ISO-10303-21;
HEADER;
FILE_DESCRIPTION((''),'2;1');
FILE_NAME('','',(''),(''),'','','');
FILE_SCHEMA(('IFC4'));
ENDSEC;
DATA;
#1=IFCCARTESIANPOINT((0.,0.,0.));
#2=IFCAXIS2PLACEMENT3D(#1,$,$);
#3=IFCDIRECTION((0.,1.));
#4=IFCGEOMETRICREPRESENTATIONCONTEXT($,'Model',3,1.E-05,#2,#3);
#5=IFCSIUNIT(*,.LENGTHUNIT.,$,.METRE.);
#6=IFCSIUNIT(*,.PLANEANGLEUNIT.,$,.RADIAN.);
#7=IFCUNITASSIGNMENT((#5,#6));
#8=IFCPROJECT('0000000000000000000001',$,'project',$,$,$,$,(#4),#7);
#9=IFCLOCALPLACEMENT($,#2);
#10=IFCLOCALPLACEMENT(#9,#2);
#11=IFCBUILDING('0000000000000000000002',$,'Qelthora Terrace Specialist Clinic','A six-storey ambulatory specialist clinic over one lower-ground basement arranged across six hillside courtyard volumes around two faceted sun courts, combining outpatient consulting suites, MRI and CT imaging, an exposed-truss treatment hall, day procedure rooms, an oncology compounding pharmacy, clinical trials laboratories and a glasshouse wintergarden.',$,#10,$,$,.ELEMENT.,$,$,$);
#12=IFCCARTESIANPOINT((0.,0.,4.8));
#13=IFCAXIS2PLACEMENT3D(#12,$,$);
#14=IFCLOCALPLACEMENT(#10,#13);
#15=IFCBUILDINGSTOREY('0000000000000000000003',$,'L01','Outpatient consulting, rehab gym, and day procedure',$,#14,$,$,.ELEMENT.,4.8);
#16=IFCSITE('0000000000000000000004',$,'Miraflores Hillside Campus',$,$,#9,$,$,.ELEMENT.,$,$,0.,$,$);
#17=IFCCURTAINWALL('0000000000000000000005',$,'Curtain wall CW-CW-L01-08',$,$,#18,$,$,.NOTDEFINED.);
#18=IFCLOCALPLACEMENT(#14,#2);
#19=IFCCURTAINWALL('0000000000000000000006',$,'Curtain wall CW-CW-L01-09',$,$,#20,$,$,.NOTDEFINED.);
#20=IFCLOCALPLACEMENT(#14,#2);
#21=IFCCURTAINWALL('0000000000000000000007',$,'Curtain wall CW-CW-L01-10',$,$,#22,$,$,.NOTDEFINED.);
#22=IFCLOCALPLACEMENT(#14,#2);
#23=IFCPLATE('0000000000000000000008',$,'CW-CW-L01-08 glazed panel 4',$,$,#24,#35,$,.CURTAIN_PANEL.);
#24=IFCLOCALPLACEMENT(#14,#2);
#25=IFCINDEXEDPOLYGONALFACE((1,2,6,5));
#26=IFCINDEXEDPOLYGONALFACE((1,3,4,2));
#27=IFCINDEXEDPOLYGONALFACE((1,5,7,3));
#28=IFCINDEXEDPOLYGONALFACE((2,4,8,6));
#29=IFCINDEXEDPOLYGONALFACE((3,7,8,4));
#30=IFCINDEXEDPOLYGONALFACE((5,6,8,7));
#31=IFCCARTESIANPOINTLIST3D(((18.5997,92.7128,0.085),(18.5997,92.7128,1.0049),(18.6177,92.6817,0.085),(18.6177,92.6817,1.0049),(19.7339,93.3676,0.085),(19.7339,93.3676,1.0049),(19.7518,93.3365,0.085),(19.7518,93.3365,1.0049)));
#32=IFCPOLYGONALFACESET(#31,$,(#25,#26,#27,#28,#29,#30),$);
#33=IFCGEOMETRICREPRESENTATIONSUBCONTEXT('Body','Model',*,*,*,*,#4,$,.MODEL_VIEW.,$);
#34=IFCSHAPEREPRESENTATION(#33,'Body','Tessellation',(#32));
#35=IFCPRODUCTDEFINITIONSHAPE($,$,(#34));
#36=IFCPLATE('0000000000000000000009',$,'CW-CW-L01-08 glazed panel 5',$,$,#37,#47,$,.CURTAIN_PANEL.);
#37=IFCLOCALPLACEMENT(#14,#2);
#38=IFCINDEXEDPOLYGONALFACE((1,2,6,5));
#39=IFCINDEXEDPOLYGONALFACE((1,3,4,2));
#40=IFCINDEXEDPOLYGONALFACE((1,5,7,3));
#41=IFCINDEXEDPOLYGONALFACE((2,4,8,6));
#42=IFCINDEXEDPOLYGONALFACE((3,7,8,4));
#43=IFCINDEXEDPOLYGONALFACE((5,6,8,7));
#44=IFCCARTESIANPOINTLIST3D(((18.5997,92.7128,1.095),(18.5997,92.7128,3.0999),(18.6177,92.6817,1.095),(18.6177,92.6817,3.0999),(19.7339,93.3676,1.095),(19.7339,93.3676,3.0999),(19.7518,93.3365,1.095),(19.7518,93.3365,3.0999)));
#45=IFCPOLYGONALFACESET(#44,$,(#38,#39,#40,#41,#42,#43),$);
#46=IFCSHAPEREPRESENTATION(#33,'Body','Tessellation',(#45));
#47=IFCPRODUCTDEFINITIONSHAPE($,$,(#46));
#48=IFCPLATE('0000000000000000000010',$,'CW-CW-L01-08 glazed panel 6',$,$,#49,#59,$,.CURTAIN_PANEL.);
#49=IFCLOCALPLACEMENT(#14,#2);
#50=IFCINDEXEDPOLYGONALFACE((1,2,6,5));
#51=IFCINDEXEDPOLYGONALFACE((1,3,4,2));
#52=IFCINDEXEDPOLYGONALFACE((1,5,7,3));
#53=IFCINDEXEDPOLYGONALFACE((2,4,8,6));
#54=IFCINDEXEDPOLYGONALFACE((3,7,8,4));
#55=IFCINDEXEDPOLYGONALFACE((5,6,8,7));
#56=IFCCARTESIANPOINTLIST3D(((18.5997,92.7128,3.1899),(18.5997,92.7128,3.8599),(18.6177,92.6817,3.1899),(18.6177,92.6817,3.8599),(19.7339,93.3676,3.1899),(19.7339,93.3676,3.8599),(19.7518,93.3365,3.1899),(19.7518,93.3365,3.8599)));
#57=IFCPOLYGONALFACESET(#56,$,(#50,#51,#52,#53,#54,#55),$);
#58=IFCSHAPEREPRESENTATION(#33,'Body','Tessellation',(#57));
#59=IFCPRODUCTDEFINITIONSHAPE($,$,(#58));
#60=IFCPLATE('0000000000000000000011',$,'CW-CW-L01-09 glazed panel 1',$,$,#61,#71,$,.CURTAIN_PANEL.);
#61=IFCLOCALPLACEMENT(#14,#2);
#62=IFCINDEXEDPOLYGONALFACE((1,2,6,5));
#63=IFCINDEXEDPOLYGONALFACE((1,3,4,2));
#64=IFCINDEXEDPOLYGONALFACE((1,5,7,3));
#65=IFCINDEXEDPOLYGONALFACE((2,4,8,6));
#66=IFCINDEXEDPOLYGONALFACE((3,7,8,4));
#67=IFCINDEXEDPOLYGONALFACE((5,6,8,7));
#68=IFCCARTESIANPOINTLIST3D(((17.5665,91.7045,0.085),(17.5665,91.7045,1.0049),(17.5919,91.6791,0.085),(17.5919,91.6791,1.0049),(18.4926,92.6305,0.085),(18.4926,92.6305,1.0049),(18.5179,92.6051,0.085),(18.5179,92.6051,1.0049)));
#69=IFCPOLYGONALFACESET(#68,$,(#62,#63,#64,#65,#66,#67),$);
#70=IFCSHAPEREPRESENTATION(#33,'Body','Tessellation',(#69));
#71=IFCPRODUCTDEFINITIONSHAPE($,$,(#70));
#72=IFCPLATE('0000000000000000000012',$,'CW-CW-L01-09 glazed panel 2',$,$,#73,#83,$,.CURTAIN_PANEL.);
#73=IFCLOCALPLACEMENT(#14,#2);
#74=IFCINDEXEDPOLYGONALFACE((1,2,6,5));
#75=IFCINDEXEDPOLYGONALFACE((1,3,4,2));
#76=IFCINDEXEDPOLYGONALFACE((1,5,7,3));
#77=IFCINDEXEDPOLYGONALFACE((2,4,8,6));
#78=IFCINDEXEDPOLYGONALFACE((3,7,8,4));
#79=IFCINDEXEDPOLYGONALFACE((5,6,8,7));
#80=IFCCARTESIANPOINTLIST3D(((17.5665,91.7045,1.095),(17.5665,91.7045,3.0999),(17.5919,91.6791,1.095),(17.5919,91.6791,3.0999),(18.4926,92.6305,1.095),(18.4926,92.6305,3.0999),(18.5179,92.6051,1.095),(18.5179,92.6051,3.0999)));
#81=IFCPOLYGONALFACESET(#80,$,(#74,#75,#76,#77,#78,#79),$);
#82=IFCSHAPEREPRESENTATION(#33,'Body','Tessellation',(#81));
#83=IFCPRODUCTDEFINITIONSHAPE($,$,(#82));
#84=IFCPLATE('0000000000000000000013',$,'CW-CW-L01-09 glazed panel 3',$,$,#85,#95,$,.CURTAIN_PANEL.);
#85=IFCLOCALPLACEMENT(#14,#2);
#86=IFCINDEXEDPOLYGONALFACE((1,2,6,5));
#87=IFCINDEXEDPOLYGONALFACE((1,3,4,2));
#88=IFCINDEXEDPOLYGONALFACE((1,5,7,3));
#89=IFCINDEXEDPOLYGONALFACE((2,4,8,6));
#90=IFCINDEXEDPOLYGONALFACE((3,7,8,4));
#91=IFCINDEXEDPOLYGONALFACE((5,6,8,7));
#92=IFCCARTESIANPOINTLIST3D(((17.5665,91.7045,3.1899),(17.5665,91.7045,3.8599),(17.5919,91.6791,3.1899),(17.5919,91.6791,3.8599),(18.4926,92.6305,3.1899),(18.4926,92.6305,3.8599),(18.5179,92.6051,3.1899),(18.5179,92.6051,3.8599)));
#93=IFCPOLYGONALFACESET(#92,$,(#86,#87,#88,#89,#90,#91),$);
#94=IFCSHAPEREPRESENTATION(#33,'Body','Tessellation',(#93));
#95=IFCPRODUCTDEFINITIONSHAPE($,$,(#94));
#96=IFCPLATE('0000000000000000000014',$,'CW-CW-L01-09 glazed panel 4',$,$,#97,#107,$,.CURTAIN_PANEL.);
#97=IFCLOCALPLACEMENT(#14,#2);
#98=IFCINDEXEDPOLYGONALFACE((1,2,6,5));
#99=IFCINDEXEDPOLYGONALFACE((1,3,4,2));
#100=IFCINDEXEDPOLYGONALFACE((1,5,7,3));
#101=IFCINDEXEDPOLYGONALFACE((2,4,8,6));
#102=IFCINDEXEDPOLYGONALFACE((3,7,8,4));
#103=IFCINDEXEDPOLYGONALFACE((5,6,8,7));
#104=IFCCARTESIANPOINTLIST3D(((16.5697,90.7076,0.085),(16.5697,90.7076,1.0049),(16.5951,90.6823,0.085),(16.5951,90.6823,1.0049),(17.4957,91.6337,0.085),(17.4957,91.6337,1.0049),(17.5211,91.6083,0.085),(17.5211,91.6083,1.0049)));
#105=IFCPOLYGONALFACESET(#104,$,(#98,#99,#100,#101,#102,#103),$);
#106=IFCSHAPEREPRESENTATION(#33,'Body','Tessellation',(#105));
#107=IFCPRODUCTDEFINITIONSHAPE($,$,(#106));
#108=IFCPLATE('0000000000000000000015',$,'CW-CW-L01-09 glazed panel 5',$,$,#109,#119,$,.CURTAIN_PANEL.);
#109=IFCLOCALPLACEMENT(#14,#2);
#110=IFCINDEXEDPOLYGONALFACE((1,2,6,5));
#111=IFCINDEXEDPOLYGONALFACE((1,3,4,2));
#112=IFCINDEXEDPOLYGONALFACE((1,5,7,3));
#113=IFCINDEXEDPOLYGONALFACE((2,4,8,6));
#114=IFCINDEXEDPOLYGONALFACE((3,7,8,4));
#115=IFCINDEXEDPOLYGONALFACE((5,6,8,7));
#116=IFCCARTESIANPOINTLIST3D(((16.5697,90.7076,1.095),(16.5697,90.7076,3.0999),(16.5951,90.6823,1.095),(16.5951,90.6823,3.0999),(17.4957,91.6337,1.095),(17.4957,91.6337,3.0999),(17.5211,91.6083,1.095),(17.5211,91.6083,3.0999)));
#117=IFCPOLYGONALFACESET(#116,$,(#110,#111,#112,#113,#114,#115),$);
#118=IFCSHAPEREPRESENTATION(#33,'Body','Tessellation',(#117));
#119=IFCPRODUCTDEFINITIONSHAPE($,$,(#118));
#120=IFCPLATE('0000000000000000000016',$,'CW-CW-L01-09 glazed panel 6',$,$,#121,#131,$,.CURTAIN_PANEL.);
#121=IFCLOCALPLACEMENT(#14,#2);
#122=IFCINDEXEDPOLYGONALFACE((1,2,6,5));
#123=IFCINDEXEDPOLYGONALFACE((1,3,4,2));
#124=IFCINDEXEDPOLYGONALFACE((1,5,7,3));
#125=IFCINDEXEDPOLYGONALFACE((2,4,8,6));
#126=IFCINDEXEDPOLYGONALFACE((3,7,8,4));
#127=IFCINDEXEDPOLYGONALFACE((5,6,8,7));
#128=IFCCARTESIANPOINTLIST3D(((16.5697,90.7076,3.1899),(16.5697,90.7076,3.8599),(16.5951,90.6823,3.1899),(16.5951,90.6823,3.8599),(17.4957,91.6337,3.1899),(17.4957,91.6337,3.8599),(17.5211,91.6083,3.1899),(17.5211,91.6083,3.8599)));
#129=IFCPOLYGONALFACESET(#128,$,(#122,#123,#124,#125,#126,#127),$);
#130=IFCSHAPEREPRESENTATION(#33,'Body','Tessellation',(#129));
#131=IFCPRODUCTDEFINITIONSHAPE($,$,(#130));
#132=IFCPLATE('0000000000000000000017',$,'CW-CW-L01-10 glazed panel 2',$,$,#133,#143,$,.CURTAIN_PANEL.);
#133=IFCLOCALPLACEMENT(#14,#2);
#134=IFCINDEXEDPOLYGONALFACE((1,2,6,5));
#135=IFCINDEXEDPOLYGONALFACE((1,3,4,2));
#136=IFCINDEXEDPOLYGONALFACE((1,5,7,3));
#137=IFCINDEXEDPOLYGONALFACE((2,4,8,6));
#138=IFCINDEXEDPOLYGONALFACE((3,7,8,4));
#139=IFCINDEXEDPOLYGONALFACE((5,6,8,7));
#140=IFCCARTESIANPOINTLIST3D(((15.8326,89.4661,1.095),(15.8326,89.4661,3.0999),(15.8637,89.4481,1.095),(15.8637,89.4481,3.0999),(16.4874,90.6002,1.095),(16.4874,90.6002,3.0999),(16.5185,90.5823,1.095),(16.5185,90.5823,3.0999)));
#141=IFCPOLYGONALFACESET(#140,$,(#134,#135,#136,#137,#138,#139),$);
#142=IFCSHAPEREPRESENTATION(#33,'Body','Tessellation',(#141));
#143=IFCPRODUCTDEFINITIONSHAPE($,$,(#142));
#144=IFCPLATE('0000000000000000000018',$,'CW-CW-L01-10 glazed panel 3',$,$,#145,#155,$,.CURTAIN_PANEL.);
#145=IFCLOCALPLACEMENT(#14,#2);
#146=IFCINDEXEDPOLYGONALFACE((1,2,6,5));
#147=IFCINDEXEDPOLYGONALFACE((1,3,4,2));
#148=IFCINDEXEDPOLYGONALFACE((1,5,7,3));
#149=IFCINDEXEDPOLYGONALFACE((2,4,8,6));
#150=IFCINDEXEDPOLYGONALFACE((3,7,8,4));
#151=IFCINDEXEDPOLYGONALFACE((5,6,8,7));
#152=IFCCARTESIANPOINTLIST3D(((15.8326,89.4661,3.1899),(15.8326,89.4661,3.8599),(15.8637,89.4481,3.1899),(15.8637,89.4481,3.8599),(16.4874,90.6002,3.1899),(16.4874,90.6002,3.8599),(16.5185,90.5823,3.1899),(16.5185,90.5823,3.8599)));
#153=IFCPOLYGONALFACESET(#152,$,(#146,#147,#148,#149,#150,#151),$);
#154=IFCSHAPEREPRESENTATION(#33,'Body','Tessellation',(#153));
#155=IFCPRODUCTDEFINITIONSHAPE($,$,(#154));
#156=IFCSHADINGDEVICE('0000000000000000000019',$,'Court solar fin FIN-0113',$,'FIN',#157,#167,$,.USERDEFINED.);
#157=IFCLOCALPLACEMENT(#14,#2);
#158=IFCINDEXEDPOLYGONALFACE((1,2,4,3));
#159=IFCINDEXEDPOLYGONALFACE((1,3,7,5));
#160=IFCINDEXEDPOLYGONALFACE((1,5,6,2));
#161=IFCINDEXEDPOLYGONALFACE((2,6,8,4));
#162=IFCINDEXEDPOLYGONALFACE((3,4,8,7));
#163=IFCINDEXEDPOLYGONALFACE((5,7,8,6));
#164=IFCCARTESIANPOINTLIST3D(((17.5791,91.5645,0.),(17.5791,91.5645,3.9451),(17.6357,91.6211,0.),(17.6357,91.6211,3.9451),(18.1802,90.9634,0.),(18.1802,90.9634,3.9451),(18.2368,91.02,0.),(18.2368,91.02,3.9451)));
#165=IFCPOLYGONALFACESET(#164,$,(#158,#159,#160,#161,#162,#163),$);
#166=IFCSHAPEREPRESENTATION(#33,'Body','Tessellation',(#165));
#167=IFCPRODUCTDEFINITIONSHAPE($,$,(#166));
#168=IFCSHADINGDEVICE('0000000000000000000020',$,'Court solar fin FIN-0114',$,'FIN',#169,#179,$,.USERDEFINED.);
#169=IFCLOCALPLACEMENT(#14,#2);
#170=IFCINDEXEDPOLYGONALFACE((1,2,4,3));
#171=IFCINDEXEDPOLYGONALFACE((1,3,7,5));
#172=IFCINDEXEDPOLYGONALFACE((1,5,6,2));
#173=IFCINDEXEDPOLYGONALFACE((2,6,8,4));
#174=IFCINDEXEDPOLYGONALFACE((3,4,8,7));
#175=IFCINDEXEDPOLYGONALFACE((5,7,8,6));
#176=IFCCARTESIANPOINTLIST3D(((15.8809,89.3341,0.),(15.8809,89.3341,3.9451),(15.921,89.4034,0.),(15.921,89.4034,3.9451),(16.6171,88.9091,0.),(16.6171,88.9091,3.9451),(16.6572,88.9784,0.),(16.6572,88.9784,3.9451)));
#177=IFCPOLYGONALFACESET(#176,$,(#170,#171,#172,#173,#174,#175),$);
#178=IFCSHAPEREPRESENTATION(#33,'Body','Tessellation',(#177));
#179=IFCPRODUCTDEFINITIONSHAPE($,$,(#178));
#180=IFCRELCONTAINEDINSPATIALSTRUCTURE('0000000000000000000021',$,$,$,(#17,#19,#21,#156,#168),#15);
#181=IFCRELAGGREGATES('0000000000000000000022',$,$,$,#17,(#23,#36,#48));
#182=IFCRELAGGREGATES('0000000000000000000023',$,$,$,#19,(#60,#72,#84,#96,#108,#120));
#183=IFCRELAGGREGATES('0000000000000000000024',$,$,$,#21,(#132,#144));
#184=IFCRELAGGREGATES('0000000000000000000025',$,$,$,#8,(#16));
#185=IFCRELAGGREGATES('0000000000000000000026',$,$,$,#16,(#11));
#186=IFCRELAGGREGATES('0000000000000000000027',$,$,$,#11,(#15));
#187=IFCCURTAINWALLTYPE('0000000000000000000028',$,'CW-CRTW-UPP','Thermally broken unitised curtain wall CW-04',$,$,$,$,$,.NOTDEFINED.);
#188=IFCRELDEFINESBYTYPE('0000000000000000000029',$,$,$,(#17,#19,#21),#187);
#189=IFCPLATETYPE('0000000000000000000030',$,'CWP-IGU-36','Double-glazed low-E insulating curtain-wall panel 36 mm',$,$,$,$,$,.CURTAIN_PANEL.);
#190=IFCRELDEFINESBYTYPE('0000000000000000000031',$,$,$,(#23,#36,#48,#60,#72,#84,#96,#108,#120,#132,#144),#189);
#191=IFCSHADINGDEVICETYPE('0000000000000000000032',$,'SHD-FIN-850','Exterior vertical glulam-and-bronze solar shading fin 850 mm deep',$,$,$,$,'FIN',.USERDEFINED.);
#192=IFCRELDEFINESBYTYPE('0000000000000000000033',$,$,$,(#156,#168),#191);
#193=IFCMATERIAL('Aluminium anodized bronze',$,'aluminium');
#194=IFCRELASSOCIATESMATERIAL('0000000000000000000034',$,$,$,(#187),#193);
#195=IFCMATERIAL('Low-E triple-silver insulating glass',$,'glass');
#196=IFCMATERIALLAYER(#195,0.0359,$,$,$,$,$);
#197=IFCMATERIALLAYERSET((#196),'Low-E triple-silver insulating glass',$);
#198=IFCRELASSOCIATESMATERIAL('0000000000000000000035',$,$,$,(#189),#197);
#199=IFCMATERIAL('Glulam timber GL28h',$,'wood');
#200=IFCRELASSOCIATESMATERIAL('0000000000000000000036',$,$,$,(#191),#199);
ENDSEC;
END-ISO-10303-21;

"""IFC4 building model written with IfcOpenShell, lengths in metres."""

from ifc_helpers import new_model, si_unit, direction, frame, origin, origin_2d, place, context, subcontext, project, spatial, rectangle, extrude, material, layer, layer_set, type_object, element, aggregate, save


model = new_model("IFC4")

# Units and contexts
model_context = context("Model", 3, precision=1e-05, world=origin(), true_north=direction((0.0, 1.0)))
body_context = subcontext(model_context, "Body", "Model", "MODEL_VIEW")
ifc_project = project(units=[si_unit("LENGTHUNIT", "METRE"), si_unit("PLANEANGLEUNIT", "RADIAN")], contexts=[model_context])

# Site, building, storey
site_placement = place(None, origin())
site = spatial("IfcSite", under=ifc_project, at=site_placement, Name="Miraflores Hillside Campus", CompositionType="ELEMENT", RefElevation=0.0)
building_placement = place(site_placement, origin())
building = spatial("IfcBuilding", under=site, at=building_placement, Name="Qelthora Terrace Specialist Clinic", Description="A six-storey ambulatory specialist clinic over one lower-ground basement arranged across six hillside courtyard volumes around two faceted sun courts, combining outpatient consulting suites, MRI and CT imaging, an exposed-truss treatment hall, day procedure rooms, an oncology compounding pharmacy, clinical trials laboratories and a glasshouse wintergarden.", CompositionType="ELEMENT")
storey_placement = place(building_placement, frame((0.0, 0.0, 4.8)))
storey = spatial("IfcBuildingStorey", under=building, at=storey_placement, Name="L01", Description="Outpatient consulting, rehab gym, and day procedure", CompositionType="ELEMENT", Elevation=4.8)

# Curtain walls
ifc_material_1 = material(Name="Aluminium anodized bronze", Category="aluminium")
curtain_wall_type = type_object("IfcCurtainWallType", Name="CW-CRTW-UPP", Description="Thermally broken unitised curtain wall CW-04", PredefinedType="NOTDEFINED", material=ifc_material_1)
curtain_wall_1_placement = place(storey_placement, origin())
curtain_wall_1 = element("IfcCurtainWall", 1, at=curtain_wall_1_placement, inside=storey, type_object=curtain_wall_type, Name="Curtain wall CW-CW-L01-08", PredefinedType="NOTDEFINED")
curtain_wall_2_placement = place(storey_placement, origin())
curtain_wall_2 = element("IfcCurtainWall", 2, at=curtain_wall_2_placement, inside=storey, type_object=curtain_wall_type, Name="Curtain wall CW-CW-L01-09", PredefinedType="NOTDEFINED")

# Curtain wall
curtain_wall_3_placement = place(storey_placement, origin())
curtain_wall_3 = element("IfcCurtainWall", 3, at=curtain_wall_3_placement, inside=storey, type_object=curtain_wall_type, Name="Curtain wall CW-CW-L01-10", PredefinedType="NOTDEFINED")

# Plates
ifc_material_2 = material(Name="Low-E triple-silver insulating glass", Category="glass")
ifc_layer = layer(ifc_material_2, 0.0359)
ifc_layer_set = layer_set([ifc_layer], Name="Low-E triple-silver insulating glass")
plate_type = type_object("IfcPlateType", Name="CWP-IGU-36", Description="Double-glazed low-E insulating curtain-wall panel 36 mm", PredefinedType="CURTAIN_PANEL", material=ifc_layer_set)
plate_1_placement = place(storey_placement, frame((19.1758, 93.0247, 0.085), z_axis=(0.0, 0.0, 1.0), x_axis=(-0.866025, -0.5, 0.0)))
plate_1 = element("IfcPlate", 4, at=plate_1_placement, type_object=plate_type, Name="CW-CW-L01-08 glazed panel 4", PredefinedType="CURTAIN_PANEL", context=body_context, shape_type="SweptSolid", body=[
    extrude(rectangle(XDim=1.3096, YDim=0.0359, at=origin_2d()), origin(), (0.0, 0.0, 1.0), 0.9199),
])
plate_2_placement = place(storey_placement, frame((19.1758, 93.0247, 1.095), z_axis=(0.0, 0.0, 1.0), x_axis=(-0.866025, -0.5, 0.0)))
plate_2 = element("IfcPlate", 5, at=plate_2_placement, type_object=plate_type, Name="CW-CW-L01-08 glazed panel 5", PredefinedType="CURTAIN_PANEL", context=body_context, shape_type="SweptSolid", body=[
    extrude(rectangle(XDim=1.3096, YDim=0.0359, at=origin_2d()), origin(), (0.0, 0.0, 1.0), 2.0049),
])
plate_3_placement = place(storey_placement, frame((19.1758, 93.0247, 3.1899), z_axis=(0.0, 0.0, 1.0), x_axis=(-0.866025, -0.5, 0.0)))
plate_3 = element("IfcPlate", 6, at=plate_3_placement, type_object=plate_type, Name="CW-CW-L01-08 glazed panel 6", PredefinedType="CURTAIN_PANEL", context=body_context, shape_type="SweptSolid", body=[
    extrude(rectangle(XDim=1.3096, YDim=0.0359, at=origin_2d()), origin(), (0.0, 0.0, 1.0), 0.6699),
])
aggregate(curtain_wall_1, [plate_1, plate_2, plate_3])
plate_4_placement = place(storey_placement, frame((18.0422, 92.1548, 0.085), z_axis=(0.0, 0.0, 1.0), x_axis=(-0.707107, -0.707107, 0.0)))
plate_4 = element("IfcPlate", 7, at=plate_4_placement, type_object=plate_type, Name="CW-CW-L01-09 glazed panel 1", PredefinedType="CURTAIN_PANEL", context=body_context, shape_type="SweptSolid", body=[
    extrude(rectangle(XDim=1.3096, YDim=0.0359, at=origin_2d()), origin(), (0.0, 0.0, 1.0), 0.9199),
])
plate_5_placement = place(storey_placement, frame((18.0422, 92.1548, 1.095), z_axis=(0.0, 0.0, 1.0), x_axis=(-0.707107, -0.707107, 0.0)))
plate_5 = element("IfcPlate", 8, at=plate_5_placement, type_object=plate_type, Name="CW-CW-L01-09 glazed panel 2", PredefinedType="CURTAIN_PANEL", context=body_context, shape_type="SweptSolid", body=[
    extrude(rectangle(XDim=1.3096, YDim=0.0359, at=origin_2d()), origin(), (0.0, 0.0, 1.0), 2.0049),
])
plate_6_placement = place(storey_placement, frame((18.0422, 92.1548, 3.1899), z_axis=(0.0, 0.0, 1.0), x_axis=(-0.707107, -0.707107, 0.0)))
plate_6 = element("IfcPlate", 9, at=plate_6_placement, type_object=plate_type, Name="CW-CW-L01-09 glazed panel 3", PredefinedType="CURTAIN_PANEL", context=body_context, shape_type="SweptSolid", body=[
    extrude(rectangle(XDim=1.3096, YDim=0.0359, at=origin_2d()), origin(), (0.0, 0.0, 1.0), 0.6699),
])
plate_7_placement = place(storey_placement, frame((17.0454, 91.158, 0.085), z_axis=(0.0, 0.0, 1.0), x_axis=(-0.707107, -0.707107, 0.0)))
plate_7 = element("IfcPlate", 10, at=plate_7_placement, type_object=plate_type, Name="CW-CW-L01-09 glazed panel 4", PredefinedType="CURTAIN_PANEL", context=body_context, shape_type="SweptSolid", body=[
    extrude(rectangle(XDim=1.3096, YDim=0.0359, at=origin_2d()), origin(), (0.0, 0.0, 1.0), 0.9199),
])
plate_8_placement = place(storey_placement, frame((17.0454, 91.158, 1.095), z_axis=(0.0, 0.0, 1.0), x_axis=(-0.707107, -0.707107, 0.0)))
plate_8 = element("IfcPlate", 11, at=plate_8_placement, type_object=plate_type, Name="CW-CW-L01-09 glazed panel 5", PredefinedType="CURTAIN_PANEL", context=body_context, shape_type="SweptSolid", body=[
    extrude(rectangle(XDim=1.3096, YDim=0.0359, at=origin_2d()), origin(), (0.0, 0.0, 1.0), 2.0049),
])
plate_9_placement = place(storey_placement, frame((17.0454, 91.158, 3.1899), z_axis=(0.0, 0.0, 1.0), x_axis=(-0.707107, -0.707107, 0.0)))
plate_9 = element("IfcPlate", 12, at=plate_9_placement, type_object=plate_type, Name="CW-CW-L01-09 glazed panel 6", PredefinedType="CURTAIN_PANEL", context=body_context, shape_type="SweptSolid", body=[
    extrude(rectangle(XDim=1.3096, YDim=0.0359, at=origin_2d()), origin(), (0.0, 0.0, 1.0), 0.6699),
])
aggregate(curtain_wall_2, [plate_4, plate_5, plate_6, plate_7, plate_8, plate_9])
plate_10_placement = place(storey_placement, frame((16.1755, 90.0242, 1.095), z_axis=(0.0, 0.0, 1.0), x_axis=(-0.5, -0.866025, 0.0)))
plate_10 = element("IfcPlate", 13, at=plate_10_placement, type_object=plate_type, Name="CW-CW-L01-10 glazed panel 2", PredefinedType="CURTAIN_PANEL", context=body_context, shape_type="SweptSolid", body=[
    extrude(rectangle(XDim=1.3096, YDim=0.0359, at=origin_2d()), origin(), (0.0, 0.0, 1.0), 2.0049),
])
plate_11_placement = place(storey_placement, frame((16.1755, 90.0242, 3.1899), z_axis=(0.0, 0.0, 1.0), x_axis=(-0.5, -0.866025, 0.0)))
plate_11 = element("IfcPlate", 14, at=plate_11_placement, type_object=plate_type, Name="CW-CW-L01-10 glazed panel 3", PredefinedType="CURTAIN_PANEL", context=body_context, shape_type="SweptSolid", body=[
    extrude(rectangle(XDim=1.3096, YDim=0.0359, at=origin_2d()), origin(), (0.0, 0.0, 1.0), 0.6699),
])
aggregate(curtain_wall_3, [plate_10, plate_11])

# Shading devices
ifc_material_3 = material(Name="Glulam timber GL28h", Category="wood")
shading_device_type = type_object("IfcShadingDeviceType", Name="SHD-FIN-850", Description="Exterior vertical glulam-and-bronze solar shading fin 850 mm deep", ElementType="FIN", PredefinedType="USERDEFINED", material=ifc_material_3)
for number, where, z_axis, x_axis, name in (
    (15, (17.908, 91.2922, 0.0), (0.0, 0.0, 1.0), (0.707107, -0.707107, 0.0), "Court solar fin FIN-0113"),
    (16, (16.269, 89.1562, 0.0), (0.0, 0.0, 1.0), (0.866025, -0.5, 0.0), "Court solar fin FIN-0114"),
):
    element("IfcShadingDevice", number, at=place(storey_placement, frame(where, z_axis=z_axis, x_axis=x_axis)), inside=storey, type_object=shading_device_type, Name=name, ObjectType="FIN", PredefinedType="USERDEFINED", context=body_context, shape_type="SweptSolid", body=[
        extrude(rectangle(XDim=0.8501, YDim=0.0801, at=origin_2d()), origin(), (0.0, 0.0, 1.0), 3.9451),
    ])

save(model, "model.ifc")
